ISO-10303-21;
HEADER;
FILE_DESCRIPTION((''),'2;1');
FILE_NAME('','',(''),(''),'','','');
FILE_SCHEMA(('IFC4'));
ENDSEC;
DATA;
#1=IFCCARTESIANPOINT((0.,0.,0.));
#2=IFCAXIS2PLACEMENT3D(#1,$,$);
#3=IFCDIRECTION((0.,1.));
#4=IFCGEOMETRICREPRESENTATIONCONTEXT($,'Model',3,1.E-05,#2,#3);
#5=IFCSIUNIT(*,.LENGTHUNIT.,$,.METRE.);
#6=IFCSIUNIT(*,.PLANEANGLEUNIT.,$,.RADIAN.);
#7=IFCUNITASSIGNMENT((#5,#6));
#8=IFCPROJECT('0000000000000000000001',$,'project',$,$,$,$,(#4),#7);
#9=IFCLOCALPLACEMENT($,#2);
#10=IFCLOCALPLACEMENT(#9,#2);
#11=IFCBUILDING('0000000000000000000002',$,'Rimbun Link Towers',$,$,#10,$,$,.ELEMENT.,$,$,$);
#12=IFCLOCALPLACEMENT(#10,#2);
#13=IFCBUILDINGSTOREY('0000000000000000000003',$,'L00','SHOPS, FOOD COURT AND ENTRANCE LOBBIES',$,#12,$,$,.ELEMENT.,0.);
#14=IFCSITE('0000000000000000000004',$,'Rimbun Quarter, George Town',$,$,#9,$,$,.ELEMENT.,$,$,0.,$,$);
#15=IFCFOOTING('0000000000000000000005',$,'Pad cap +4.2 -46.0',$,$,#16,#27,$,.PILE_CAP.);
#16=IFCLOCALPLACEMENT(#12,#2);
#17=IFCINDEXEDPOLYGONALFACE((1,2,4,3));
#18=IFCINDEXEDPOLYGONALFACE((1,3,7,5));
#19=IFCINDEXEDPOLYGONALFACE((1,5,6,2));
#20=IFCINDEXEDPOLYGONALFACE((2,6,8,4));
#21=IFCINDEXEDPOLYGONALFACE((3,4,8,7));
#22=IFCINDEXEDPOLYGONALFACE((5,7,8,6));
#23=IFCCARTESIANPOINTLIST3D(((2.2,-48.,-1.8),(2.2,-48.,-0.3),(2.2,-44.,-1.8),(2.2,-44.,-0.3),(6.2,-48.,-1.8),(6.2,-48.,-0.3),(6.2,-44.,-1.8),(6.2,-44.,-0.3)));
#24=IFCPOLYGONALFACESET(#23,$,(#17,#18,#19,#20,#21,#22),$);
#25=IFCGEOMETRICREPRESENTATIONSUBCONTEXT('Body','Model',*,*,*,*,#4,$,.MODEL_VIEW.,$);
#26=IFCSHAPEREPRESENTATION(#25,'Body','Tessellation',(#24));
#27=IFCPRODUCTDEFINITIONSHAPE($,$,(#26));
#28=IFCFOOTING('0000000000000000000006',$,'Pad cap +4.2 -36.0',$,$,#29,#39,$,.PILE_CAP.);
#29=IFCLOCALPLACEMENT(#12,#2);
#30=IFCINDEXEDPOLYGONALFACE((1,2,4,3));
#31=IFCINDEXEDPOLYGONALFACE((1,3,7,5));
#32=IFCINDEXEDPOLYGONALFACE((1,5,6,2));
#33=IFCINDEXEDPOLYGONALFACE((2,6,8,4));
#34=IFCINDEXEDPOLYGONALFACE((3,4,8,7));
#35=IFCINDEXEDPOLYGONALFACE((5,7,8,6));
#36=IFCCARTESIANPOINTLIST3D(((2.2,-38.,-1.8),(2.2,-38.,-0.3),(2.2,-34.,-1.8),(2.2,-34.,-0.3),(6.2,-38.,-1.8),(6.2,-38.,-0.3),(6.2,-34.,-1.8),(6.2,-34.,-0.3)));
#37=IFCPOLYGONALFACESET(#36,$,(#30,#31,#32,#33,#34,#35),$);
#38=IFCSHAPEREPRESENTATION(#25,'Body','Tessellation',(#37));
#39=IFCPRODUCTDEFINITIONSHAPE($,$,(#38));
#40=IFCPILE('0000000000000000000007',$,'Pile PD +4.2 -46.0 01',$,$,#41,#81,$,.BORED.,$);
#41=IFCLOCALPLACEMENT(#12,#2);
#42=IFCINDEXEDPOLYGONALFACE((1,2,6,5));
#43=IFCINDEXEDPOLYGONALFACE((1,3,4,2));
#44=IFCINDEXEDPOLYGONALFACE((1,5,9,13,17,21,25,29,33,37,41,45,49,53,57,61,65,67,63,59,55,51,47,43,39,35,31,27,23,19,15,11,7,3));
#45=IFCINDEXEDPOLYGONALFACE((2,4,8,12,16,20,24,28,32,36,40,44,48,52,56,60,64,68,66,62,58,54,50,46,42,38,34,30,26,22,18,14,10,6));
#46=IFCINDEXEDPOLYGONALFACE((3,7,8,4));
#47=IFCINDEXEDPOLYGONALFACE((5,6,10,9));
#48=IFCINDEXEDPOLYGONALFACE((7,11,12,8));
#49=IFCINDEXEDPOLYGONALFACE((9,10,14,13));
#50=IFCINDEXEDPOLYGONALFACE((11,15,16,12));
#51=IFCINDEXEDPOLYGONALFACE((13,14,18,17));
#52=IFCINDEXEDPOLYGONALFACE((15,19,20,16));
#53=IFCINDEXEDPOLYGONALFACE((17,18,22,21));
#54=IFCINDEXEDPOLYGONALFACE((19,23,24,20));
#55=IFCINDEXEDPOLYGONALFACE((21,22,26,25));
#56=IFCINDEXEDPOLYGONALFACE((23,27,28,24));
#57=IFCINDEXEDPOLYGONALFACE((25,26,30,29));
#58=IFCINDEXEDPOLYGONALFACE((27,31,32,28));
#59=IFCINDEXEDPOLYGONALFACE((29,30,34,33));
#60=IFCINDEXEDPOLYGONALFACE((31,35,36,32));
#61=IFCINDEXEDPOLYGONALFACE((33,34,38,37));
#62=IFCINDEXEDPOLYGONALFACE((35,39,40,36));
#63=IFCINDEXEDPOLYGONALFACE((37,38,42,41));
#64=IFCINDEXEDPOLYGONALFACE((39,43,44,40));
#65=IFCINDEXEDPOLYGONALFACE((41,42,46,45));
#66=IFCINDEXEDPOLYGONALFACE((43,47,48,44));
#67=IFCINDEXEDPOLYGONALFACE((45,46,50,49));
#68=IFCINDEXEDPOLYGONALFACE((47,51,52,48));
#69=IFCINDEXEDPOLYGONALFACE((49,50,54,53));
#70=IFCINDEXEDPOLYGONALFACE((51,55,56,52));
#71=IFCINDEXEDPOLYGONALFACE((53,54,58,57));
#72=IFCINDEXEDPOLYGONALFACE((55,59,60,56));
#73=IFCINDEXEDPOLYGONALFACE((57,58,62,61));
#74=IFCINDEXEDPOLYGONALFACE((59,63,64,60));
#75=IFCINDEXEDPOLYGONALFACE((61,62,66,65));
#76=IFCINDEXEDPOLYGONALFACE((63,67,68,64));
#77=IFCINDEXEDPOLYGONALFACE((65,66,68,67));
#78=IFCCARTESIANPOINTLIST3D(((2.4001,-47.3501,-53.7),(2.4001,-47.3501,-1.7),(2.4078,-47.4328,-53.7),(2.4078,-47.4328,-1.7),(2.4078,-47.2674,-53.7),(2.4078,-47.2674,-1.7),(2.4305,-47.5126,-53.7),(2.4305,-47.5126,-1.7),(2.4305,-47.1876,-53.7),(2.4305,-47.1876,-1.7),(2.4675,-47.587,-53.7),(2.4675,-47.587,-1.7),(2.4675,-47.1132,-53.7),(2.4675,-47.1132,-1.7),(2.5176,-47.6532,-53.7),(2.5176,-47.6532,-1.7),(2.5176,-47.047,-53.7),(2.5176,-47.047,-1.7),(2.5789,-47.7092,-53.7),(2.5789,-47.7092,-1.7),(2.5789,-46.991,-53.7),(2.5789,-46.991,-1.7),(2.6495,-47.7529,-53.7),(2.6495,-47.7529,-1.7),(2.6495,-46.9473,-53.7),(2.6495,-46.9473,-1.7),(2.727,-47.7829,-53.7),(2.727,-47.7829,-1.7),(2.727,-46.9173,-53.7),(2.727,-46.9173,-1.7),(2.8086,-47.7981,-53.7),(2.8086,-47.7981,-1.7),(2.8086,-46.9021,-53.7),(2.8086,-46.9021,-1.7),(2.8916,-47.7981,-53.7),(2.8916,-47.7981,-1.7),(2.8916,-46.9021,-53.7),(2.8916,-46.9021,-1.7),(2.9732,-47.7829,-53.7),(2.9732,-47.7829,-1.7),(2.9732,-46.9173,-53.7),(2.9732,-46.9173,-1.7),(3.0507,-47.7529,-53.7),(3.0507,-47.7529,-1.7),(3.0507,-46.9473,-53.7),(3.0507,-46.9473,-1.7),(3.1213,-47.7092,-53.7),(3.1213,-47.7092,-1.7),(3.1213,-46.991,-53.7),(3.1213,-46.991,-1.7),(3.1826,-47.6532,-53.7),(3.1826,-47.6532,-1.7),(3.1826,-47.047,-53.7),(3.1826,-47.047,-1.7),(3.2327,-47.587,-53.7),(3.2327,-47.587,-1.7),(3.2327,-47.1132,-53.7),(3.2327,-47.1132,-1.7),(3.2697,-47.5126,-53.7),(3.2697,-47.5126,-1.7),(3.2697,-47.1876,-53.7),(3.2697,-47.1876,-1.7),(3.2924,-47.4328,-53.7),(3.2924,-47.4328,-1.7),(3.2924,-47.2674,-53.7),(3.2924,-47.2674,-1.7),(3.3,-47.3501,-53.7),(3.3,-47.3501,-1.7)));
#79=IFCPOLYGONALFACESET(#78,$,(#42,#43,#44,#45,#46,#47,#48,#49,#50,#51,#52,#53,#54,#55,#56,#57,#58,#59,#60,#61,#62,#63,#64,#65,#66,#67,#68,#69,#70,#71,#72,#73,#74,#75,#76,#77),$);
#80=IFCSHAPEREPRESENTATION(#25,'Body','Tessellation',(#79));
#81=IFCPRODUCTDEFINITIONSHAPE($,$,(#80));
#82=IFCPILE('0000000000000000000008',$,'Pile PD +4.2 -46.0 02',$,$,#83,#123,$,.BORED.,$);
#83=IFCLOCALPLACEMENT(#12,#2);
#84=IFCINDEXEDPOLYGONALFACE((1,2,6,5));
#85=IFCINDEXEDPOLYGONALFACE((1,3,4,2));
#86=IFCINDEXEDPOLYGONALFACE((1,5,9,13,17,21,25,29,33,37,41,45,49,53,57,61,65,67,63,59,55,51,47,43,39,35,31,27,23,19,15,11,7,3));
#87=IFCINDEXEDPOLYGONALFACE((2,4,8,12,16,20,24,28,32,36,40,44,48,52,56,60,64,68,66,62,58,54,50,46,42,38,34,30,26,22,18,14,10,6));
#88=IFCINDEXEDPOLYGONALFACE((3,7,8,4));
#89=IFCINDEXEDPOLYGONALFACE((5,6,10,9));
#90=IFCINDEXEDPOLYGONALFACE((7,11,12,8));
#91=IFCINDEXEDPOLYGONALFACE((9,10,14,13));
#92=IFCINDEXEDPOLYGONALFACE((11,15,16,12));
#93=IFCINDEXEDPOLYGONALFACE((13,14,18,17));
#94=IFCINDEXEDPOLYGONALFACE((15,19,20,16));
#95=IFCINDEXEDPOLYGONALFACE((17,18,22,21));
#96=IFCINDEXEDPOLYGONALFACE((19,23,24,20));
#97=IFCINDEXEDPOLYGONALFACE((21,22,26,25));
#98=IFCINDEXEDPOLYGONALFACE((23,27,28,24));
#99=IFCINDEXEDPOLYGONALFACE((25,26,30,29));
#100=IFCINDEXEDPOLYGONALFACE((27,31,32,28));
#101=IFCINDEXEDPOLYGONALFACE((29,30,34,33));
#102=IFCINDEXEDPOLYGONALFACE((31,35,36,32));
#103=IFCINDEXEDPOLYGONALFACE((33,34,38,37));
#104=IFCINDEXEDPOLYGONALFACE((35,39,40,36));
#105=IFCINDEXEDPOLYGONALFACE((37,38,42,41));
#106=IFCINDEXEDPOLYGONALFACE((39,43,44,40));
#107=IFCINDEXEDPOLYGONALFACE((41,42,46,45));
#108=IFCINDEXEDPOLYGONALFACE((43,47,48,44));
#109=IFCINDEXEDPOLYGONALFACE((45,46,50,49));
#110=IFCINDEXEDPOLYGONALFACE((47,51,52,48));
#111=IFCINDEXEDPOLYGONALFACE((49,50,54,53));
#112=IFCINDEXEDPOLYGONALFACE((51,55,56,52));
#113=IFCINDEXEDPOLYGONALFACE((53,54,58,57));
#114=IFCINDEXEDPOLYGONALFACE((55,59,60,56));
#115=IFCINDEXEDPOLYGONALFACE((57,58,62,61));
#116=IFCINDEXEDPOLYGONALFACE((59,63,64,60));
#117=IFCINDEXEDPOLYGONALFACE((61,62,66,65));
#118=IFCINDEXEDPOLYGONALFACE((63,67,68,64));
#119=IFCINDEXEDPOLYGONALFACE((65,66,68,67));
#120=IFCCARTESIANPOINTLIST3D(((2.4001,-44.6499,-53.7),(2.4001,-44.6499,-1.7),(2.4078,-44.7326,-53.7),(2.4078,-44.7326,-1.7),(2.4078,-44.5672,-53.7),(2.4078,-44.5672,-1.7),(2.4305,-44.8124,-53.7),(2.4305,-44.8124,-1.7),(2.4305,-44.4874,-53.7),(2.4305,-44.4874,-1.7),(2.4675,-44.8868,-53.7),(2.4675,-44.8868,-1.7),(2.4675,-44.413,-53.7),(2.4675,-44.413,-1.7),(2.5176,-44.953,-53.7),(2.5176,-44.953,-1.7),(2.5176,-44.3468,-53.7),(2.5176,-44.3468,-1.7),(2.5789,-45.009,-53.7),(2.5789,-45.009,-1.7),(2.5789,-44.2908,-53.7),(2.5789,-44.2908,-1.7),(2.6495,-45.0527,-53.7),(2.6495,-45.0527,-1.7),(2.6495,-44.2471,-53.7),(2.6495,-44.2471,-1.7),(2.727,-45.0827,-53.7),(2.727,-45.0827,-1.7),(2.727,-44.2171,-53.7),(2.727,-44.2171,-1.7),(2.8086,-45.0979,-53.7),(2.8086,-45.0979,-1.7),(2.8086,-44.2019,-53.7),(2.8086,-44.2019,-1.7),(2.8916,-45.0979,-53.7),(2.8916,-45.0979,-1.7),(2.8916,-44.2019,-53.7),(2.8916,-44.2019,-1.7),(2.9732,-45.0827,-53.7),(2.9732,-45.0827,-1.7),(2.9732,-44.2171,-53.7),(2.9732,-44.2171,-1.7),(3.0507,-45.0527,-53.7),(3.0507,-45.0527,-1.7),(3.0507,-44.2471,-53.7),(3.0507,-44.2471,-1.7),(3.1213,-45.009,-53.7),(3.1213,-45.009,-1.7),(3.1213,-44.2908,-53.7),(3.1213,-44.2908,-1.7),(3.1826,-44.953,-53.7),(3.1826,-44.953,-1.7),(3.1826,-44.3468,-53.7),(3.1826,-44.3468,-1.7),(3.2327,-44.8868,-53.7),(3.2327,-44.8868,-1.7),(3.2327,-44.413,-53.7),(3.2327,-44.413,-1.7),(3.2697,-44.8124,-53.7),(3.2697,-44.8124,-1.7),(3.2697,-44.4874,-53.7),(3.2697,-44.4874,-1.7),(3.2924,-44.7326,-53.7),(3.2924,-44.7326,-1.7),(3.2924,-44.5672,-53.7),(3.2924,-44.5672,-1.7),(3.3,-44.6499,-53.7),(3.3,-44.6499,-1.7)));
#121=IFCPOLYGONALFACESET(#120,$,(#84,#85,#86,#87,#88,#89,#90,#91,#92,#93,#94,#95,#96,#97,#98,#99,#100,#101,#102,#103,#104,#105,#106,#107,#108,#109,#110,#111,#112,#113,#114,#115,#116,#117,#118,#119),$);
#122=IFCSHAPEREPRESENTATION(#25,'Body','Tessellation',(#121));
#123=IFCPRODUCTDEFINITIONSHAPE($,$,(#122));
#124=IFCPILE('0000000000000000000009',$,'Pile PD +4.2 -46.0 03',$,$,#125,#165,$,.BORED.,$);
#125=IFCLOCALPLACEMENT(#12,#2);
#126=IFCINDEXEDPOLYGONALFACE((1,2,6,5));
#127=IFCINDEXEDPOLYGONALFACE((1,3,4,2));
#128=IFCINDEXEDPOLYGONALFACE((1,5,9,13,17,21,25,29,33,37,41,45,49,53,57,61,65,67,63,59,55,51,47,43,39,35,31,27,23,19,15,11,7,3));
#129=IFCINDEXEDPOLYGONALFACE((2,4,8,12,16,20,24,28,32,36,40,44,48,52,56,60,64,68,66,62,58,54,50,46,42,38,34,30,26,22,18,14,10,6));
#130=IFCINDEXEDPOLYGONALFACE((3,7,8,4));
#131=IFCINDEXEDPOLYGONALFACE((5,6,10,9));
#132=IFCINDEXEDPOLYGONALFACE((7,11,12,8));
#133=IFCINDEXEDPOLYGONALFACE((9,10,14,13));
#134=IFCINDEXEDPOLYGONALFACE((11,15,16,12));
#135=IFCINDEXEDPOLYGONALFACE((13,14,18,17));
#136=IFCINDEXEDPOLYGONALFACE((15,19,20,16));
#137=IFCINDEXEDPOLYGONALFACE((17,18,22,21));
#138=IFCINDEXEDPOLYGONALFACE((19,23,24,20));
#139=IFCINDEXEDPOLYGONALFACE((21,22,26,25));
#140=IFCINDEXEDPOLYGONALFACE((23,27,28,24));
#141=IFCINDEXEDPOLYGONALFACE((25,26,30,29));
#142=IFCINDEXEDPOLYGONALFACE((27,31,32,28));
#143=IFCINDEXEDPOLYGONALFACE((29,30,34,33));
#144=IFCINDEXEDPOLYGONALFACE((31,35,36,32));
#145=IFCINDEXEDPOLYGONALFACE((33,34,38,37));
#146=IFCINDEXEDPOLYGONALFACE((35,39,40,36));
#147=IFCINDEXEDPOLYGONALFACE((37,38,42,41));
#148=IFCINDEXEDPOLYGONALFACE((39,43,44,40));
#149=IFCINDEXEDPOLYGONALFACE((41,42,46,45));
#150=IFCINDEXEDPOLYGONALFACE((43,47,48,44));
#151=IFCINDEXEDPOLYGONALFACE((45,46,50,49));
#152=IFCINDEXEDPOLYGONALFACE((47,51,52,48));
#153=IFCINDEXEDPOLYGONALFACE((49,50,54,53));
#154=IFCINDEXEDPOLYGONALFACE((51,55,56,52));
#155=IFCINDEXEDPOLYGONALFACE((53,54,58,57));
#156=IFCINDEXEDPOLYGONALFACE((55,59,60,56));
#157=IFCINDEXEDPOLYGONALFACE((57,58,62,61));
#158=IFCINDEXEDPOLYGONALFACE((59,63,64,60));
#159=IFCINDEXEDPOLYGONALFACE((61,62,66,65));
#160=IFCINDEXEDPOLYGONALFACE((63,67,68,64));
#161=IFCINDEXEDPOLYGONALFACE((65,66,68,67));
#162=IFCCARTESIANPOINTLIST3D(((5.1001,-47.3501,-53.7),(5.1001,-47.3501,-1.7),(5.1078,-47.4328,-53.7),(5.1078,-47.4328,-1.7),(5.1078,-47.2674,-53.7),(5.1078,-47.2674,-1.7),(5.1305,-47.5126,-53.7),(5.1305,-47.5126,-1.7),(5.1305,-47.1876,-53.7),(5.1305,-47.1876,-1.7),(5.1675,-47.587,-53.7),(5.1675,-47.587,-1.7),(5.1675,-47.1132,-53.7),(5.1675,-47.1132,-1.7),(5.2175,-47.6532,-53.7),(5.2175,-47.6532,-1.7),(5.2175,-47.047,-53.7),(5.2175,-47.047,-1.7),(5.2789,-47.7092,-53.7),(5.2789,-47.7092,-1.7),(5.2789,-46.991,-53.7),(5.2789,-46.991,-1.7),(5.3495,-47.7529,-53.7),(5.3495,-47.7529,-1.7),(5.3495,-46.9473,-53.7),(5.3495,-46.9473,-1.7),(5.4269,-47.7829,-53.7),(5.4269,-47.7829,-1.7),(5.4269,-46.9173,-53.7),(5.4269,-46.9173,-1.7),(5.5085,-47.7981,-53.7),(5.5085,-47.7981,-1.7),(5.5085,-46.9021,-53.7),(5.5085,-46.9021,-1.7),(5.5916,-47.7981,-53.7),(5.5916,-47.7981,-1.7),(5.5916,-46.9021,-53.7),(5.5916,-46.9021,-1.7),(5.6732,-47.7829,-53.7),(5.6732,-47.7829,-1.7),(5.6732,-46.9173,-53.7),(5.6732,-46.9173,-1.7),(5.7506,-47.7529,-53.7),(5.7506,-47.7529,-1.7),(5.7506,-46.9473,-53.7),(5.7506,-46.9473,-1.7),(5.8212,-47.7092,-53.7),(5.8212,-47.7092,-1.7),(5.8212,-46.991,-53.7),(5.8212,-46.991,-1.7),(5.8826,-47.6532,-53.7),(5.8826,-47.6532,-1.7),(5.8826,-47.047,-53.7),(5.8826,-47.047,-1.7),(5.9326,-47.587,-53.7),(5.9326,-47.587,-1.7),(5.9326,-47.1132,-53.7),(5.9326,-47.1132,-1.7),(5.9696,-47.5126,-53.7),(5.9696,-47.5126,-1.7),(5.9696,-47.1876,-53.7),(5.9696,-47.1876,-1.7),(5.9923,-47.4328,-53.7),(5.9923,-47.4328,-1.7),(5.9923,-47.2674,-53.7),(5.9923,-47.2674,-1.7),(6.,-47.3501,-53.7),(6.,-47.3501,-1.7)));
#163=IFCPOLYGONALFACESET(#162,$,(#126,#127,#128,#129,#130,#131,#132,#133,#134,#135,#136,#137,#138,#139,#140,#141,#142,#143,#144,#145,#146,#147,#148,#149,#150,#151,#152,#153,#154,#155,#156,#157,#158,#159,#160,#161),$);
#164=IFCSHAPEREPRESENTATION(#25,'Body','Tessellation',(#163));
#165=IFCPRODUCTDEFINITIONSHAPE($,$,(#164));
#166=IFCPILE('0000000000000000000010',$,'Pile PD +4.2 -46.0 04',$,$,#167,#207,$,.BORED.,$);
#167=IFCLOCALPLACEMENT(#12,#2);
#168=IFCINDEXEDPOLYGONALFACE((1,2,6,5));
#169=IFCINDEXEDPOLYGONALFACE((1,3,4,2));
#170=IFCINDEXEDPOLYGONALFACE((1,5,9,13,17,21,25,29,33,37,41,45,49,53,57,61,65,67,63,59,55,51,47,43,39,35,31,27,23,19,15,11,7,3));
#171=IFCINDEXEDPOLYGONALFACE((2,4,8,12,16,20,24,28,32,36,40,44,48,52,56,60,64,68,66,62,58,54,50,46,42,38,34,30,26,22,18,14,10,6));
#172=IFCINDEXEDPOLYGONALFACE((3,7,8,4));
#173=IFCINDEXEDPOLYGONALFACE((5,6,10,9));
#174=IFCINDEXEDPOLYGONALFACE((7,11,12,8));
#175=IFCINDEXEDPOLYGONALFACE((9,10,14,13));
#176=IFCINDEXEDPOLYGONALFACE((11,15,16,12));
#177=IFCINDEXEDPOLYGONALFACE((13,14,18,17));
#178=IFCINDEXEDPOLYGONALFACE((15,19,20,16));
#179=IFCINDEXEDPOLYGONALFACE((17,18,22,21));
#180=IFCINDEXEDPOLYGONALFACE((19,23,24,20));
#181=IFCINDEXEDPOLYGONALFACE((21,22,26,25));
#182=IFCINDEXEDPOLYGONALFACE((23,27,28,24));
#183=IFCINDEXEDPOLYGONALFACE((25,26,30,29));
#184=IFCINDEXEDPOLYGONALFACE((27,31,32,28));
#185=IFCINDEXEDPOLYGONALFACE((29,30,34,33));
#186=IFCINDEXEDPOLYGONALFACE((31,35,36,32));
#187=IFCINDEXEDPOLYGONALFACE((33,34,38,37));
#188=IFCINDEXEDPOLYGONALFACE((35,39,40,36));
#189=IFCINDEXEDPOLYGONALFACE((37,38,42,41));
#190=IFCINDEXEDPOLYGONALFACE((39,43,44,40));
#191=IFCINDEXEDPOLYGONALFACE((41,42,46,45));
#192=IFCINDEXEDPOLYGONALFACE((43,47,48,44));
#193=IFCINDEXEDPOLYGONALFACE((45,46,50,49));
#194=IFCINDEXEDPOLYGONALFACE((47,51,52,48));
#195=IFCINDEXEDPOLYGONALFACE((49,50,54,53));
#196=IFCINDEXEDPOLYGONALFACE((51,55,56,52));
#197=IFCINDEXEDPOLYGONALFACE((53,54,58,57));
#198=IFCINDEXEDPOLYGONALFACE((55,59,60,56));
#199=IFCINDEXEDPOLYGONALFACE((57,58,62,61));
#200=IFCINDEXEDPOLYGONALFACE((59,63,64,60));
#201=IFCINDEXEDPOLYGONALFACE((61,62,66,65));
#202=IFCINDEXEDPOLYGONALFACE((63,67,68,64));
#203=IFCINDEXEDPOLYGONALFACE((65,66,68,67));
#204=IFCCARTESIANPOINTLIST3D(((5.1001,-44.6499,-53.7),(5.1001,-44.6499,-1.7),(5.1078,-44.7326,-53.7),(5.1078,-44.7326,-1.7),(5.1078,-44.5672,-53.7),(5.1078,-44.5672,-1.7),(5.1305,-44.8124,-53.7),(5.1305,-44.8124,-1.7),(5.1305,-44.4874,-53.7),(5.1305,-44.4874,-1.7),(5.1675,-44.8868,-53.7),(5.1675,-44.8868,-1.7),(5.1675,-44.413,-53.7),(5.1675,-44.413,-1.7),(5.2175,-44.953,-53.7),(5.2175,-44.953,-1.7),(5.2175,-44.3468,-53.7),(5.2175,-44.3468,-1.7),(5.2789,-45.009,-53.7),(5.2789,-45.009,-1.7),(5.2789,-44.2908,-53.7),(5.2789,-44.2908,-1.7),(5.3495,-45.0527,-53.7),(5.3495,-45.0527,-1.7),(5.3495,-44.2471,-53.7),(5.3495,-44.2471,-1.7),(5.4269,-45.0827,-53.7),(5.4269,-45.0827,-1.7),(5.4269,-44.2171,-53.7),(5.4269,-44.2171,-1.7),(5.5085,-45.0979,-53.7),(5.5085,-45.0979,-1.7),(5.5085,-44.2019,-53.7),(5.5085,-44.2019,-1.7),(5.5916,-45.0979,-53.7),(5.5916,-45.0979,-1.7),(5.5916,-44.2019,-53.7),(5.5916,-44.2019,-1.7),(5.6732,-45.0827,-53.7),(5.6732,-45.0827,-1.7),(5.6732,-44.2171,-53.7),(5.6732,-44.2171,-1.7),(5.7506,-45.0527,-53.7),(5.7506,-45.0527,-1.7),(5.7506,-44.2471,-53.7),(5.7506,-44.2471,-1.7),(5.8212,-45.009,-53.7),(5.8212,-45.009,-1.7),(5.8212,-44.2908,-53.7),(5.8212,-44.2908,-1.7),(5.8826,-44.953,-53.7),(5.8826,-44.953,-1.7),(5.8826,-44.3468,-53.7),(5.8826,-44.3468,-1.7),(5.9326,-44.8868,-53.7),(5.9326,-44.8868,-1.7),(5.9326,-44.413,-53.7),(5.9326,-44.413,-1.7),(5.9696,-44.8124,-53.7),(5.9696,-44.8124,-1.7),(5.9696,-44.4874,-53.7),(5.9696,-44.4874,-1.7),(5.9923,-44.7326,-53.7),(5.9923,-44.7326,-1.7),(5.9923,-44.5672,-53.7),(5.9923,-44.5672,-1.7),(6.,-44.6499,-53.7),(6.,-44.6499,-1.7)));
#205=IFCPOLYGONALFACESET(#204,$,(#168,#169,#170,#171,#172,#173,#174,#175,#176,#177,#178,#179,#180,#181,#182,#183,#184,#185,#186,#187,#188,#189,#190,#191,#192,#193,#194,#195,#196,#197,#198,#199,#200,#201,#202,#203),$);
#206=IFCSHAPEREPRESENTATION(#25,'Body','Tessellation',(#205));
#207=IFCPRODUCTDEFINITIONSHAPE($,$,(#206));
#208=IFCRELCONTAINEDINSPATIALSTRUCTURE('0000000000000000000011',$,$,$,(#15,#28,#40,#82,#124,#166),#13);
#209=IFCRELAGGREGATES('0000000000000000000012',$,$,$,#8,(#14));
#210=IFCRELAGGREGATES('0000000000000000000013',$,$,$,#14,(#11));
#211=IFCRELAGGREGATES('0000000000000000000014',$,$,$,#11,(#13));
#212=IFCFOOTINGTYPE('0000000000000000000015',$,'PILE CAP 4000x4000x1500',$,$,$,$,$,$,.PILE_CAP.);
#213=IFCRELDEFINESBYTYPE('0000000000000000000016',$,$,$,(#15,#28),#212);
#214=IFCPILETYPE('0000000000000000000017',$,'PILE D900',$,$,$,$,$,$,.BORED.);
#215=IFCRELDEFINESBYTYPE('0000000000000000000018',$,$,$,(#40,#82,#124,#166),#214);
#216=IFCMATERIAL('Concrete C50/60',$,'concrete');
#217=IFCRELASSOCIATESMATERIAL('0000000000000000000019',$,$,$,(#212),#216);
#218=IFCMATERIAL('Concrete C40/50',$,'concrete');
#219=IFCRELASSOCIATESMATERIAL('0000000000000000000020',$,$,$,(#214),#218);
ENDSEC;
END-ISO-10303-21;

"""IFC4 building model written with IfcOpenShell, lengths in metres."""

from ifc_helpers import new_model, si_unit, direction, frame, origin, origin_2d, place, context, subcontext, project, spatial, rectangle, circle, extrude, material, material_profile, profile_set, type_object, element, save


model = new_model("IFC4")

# Units and contexts
model_context = context("Model", 3, precision=1e-05, world=origin(), true_north=direction((0.0, 1.0)))
body_context = subcontext(model_context, "Body", "Model", "MODEL_VIEW")
ifc_project = project(units=[si_unit("LENGTHUNIT", "METRE"), si_unit("PLANEANGLEUNIT", "RADIAN")], contexts=[model_context])

# Site, building, storey
site_placement = place(None, origin())
site = spatial("IfcSite", under=ifc_project, at=site_placement, Name="Rimbun Quarter, George Town", CompositionType="ELEMENT", RefElevation=0.0)
building_placement = place(site_placement, origin())
building = spatial("IfcBuilding", under=site, at=building_placement, Name="Rimbun Link Towers", CompositionType="ELEMENT")
storey_placement = place(building_placement, origin())
storey = spatial("IfcBuildingStorey", under=building, at=storey_placement, Name="L00", Description="SHOPS, FOOD COURT AND ENTRANCE LOBBIES", CompositionType="ELEMENT", Elevation=0.0)

# Footings
ifc_material_1 = material(Name="Concrete C50/60", Category="concrete")
footing_type = type_object("IfcFootingType", Name="PILE CAP 4000x4000x1500", PredefinedType="PILE_CAP", material=ifc_material_1)
for number, where, z_axis, x_axis, name in (
    (1, (4.2, -46.0, -1.8), (0.0, 0.0, 1.0), (1.0, 0.0, 0.0), "Pad cap +4.2 -46.0"),
    (2, (4.2, -36.0, -1.8), (0.0, 0.0, 1.0), (1.0, 0.0, 0.0), "Pad cap +4.2 -36.0"),
):
    element("IfcFooting", number, at=place(storey_placement, frame(where, z_axis=z_axis, x_axis=x_axis)), inside=storey, type_object=footing_type, Name=name, PredefinedType="PILE_CAP", context=body_context, shape_type="SweptSolid", body=[
        extrude(rectangle(XDim=4.0, YDim=4.0, at=origin_2d()), origin(), (0.0, 0.0, 1.0), 1.5),
    ])

# Piles
ifc_material_2 = material(Name="Concrete C40/50", Category="concrete")
ifc_material_profile_1 = material_profile(ifc_material_2, circle(Radius=0.45, at=origin_2d()), Name="PILE D900")
ifc_profile_set_1 = profile_set([ifc_material_profile_1], Name="Concrete C40/50")
pile_type = type_object("IfcPileType", Name="PILE D900", PredefinedType="BORED", material=ifc_profile_set_1)
for number, where, z_axis, x_axis, name in (
    (3, (2.8501, -47.3501, -1.7), (0.0, 0.0, -1.0), (1.0, 0.0, 0.0), "Pile PD +4.2 -46.0 01"),
    (4, (2.8501, -44.6499, -1.7), (0.0, 0.0, -1.0), (1.0, 0.0, 0.0), "Pile PD +4.2 -46.0 02"),
    (5, (5.55, -47.3501, -1.7), (0.0, 0.0, -1.0), (1.0, 0.0, 0.0), "Pile PD +4.2 -46.0 03"),
    (6, (5.55, -44.6499, -1.7), (0.0, 0.0, -1.0), (1.0, 0.0, 0.0), "Pile PD +4.2 -46.0 04"),
):
    element("IfcPile", number, at=place(storey_placement, frame(where, z_axis=z_axis, x_axis=x_axis)), inside=storey, type_object=pile_type, Name=name, PredefinedType="BORED", context=body_context, shape_type="SweptSolid", body=[
        extrude(circle(Radius=0.45, at=origin_2d()), origin(), (0.0, 0.0, 1.0), 52.0),
    ])

save(model, "model.ifc")
